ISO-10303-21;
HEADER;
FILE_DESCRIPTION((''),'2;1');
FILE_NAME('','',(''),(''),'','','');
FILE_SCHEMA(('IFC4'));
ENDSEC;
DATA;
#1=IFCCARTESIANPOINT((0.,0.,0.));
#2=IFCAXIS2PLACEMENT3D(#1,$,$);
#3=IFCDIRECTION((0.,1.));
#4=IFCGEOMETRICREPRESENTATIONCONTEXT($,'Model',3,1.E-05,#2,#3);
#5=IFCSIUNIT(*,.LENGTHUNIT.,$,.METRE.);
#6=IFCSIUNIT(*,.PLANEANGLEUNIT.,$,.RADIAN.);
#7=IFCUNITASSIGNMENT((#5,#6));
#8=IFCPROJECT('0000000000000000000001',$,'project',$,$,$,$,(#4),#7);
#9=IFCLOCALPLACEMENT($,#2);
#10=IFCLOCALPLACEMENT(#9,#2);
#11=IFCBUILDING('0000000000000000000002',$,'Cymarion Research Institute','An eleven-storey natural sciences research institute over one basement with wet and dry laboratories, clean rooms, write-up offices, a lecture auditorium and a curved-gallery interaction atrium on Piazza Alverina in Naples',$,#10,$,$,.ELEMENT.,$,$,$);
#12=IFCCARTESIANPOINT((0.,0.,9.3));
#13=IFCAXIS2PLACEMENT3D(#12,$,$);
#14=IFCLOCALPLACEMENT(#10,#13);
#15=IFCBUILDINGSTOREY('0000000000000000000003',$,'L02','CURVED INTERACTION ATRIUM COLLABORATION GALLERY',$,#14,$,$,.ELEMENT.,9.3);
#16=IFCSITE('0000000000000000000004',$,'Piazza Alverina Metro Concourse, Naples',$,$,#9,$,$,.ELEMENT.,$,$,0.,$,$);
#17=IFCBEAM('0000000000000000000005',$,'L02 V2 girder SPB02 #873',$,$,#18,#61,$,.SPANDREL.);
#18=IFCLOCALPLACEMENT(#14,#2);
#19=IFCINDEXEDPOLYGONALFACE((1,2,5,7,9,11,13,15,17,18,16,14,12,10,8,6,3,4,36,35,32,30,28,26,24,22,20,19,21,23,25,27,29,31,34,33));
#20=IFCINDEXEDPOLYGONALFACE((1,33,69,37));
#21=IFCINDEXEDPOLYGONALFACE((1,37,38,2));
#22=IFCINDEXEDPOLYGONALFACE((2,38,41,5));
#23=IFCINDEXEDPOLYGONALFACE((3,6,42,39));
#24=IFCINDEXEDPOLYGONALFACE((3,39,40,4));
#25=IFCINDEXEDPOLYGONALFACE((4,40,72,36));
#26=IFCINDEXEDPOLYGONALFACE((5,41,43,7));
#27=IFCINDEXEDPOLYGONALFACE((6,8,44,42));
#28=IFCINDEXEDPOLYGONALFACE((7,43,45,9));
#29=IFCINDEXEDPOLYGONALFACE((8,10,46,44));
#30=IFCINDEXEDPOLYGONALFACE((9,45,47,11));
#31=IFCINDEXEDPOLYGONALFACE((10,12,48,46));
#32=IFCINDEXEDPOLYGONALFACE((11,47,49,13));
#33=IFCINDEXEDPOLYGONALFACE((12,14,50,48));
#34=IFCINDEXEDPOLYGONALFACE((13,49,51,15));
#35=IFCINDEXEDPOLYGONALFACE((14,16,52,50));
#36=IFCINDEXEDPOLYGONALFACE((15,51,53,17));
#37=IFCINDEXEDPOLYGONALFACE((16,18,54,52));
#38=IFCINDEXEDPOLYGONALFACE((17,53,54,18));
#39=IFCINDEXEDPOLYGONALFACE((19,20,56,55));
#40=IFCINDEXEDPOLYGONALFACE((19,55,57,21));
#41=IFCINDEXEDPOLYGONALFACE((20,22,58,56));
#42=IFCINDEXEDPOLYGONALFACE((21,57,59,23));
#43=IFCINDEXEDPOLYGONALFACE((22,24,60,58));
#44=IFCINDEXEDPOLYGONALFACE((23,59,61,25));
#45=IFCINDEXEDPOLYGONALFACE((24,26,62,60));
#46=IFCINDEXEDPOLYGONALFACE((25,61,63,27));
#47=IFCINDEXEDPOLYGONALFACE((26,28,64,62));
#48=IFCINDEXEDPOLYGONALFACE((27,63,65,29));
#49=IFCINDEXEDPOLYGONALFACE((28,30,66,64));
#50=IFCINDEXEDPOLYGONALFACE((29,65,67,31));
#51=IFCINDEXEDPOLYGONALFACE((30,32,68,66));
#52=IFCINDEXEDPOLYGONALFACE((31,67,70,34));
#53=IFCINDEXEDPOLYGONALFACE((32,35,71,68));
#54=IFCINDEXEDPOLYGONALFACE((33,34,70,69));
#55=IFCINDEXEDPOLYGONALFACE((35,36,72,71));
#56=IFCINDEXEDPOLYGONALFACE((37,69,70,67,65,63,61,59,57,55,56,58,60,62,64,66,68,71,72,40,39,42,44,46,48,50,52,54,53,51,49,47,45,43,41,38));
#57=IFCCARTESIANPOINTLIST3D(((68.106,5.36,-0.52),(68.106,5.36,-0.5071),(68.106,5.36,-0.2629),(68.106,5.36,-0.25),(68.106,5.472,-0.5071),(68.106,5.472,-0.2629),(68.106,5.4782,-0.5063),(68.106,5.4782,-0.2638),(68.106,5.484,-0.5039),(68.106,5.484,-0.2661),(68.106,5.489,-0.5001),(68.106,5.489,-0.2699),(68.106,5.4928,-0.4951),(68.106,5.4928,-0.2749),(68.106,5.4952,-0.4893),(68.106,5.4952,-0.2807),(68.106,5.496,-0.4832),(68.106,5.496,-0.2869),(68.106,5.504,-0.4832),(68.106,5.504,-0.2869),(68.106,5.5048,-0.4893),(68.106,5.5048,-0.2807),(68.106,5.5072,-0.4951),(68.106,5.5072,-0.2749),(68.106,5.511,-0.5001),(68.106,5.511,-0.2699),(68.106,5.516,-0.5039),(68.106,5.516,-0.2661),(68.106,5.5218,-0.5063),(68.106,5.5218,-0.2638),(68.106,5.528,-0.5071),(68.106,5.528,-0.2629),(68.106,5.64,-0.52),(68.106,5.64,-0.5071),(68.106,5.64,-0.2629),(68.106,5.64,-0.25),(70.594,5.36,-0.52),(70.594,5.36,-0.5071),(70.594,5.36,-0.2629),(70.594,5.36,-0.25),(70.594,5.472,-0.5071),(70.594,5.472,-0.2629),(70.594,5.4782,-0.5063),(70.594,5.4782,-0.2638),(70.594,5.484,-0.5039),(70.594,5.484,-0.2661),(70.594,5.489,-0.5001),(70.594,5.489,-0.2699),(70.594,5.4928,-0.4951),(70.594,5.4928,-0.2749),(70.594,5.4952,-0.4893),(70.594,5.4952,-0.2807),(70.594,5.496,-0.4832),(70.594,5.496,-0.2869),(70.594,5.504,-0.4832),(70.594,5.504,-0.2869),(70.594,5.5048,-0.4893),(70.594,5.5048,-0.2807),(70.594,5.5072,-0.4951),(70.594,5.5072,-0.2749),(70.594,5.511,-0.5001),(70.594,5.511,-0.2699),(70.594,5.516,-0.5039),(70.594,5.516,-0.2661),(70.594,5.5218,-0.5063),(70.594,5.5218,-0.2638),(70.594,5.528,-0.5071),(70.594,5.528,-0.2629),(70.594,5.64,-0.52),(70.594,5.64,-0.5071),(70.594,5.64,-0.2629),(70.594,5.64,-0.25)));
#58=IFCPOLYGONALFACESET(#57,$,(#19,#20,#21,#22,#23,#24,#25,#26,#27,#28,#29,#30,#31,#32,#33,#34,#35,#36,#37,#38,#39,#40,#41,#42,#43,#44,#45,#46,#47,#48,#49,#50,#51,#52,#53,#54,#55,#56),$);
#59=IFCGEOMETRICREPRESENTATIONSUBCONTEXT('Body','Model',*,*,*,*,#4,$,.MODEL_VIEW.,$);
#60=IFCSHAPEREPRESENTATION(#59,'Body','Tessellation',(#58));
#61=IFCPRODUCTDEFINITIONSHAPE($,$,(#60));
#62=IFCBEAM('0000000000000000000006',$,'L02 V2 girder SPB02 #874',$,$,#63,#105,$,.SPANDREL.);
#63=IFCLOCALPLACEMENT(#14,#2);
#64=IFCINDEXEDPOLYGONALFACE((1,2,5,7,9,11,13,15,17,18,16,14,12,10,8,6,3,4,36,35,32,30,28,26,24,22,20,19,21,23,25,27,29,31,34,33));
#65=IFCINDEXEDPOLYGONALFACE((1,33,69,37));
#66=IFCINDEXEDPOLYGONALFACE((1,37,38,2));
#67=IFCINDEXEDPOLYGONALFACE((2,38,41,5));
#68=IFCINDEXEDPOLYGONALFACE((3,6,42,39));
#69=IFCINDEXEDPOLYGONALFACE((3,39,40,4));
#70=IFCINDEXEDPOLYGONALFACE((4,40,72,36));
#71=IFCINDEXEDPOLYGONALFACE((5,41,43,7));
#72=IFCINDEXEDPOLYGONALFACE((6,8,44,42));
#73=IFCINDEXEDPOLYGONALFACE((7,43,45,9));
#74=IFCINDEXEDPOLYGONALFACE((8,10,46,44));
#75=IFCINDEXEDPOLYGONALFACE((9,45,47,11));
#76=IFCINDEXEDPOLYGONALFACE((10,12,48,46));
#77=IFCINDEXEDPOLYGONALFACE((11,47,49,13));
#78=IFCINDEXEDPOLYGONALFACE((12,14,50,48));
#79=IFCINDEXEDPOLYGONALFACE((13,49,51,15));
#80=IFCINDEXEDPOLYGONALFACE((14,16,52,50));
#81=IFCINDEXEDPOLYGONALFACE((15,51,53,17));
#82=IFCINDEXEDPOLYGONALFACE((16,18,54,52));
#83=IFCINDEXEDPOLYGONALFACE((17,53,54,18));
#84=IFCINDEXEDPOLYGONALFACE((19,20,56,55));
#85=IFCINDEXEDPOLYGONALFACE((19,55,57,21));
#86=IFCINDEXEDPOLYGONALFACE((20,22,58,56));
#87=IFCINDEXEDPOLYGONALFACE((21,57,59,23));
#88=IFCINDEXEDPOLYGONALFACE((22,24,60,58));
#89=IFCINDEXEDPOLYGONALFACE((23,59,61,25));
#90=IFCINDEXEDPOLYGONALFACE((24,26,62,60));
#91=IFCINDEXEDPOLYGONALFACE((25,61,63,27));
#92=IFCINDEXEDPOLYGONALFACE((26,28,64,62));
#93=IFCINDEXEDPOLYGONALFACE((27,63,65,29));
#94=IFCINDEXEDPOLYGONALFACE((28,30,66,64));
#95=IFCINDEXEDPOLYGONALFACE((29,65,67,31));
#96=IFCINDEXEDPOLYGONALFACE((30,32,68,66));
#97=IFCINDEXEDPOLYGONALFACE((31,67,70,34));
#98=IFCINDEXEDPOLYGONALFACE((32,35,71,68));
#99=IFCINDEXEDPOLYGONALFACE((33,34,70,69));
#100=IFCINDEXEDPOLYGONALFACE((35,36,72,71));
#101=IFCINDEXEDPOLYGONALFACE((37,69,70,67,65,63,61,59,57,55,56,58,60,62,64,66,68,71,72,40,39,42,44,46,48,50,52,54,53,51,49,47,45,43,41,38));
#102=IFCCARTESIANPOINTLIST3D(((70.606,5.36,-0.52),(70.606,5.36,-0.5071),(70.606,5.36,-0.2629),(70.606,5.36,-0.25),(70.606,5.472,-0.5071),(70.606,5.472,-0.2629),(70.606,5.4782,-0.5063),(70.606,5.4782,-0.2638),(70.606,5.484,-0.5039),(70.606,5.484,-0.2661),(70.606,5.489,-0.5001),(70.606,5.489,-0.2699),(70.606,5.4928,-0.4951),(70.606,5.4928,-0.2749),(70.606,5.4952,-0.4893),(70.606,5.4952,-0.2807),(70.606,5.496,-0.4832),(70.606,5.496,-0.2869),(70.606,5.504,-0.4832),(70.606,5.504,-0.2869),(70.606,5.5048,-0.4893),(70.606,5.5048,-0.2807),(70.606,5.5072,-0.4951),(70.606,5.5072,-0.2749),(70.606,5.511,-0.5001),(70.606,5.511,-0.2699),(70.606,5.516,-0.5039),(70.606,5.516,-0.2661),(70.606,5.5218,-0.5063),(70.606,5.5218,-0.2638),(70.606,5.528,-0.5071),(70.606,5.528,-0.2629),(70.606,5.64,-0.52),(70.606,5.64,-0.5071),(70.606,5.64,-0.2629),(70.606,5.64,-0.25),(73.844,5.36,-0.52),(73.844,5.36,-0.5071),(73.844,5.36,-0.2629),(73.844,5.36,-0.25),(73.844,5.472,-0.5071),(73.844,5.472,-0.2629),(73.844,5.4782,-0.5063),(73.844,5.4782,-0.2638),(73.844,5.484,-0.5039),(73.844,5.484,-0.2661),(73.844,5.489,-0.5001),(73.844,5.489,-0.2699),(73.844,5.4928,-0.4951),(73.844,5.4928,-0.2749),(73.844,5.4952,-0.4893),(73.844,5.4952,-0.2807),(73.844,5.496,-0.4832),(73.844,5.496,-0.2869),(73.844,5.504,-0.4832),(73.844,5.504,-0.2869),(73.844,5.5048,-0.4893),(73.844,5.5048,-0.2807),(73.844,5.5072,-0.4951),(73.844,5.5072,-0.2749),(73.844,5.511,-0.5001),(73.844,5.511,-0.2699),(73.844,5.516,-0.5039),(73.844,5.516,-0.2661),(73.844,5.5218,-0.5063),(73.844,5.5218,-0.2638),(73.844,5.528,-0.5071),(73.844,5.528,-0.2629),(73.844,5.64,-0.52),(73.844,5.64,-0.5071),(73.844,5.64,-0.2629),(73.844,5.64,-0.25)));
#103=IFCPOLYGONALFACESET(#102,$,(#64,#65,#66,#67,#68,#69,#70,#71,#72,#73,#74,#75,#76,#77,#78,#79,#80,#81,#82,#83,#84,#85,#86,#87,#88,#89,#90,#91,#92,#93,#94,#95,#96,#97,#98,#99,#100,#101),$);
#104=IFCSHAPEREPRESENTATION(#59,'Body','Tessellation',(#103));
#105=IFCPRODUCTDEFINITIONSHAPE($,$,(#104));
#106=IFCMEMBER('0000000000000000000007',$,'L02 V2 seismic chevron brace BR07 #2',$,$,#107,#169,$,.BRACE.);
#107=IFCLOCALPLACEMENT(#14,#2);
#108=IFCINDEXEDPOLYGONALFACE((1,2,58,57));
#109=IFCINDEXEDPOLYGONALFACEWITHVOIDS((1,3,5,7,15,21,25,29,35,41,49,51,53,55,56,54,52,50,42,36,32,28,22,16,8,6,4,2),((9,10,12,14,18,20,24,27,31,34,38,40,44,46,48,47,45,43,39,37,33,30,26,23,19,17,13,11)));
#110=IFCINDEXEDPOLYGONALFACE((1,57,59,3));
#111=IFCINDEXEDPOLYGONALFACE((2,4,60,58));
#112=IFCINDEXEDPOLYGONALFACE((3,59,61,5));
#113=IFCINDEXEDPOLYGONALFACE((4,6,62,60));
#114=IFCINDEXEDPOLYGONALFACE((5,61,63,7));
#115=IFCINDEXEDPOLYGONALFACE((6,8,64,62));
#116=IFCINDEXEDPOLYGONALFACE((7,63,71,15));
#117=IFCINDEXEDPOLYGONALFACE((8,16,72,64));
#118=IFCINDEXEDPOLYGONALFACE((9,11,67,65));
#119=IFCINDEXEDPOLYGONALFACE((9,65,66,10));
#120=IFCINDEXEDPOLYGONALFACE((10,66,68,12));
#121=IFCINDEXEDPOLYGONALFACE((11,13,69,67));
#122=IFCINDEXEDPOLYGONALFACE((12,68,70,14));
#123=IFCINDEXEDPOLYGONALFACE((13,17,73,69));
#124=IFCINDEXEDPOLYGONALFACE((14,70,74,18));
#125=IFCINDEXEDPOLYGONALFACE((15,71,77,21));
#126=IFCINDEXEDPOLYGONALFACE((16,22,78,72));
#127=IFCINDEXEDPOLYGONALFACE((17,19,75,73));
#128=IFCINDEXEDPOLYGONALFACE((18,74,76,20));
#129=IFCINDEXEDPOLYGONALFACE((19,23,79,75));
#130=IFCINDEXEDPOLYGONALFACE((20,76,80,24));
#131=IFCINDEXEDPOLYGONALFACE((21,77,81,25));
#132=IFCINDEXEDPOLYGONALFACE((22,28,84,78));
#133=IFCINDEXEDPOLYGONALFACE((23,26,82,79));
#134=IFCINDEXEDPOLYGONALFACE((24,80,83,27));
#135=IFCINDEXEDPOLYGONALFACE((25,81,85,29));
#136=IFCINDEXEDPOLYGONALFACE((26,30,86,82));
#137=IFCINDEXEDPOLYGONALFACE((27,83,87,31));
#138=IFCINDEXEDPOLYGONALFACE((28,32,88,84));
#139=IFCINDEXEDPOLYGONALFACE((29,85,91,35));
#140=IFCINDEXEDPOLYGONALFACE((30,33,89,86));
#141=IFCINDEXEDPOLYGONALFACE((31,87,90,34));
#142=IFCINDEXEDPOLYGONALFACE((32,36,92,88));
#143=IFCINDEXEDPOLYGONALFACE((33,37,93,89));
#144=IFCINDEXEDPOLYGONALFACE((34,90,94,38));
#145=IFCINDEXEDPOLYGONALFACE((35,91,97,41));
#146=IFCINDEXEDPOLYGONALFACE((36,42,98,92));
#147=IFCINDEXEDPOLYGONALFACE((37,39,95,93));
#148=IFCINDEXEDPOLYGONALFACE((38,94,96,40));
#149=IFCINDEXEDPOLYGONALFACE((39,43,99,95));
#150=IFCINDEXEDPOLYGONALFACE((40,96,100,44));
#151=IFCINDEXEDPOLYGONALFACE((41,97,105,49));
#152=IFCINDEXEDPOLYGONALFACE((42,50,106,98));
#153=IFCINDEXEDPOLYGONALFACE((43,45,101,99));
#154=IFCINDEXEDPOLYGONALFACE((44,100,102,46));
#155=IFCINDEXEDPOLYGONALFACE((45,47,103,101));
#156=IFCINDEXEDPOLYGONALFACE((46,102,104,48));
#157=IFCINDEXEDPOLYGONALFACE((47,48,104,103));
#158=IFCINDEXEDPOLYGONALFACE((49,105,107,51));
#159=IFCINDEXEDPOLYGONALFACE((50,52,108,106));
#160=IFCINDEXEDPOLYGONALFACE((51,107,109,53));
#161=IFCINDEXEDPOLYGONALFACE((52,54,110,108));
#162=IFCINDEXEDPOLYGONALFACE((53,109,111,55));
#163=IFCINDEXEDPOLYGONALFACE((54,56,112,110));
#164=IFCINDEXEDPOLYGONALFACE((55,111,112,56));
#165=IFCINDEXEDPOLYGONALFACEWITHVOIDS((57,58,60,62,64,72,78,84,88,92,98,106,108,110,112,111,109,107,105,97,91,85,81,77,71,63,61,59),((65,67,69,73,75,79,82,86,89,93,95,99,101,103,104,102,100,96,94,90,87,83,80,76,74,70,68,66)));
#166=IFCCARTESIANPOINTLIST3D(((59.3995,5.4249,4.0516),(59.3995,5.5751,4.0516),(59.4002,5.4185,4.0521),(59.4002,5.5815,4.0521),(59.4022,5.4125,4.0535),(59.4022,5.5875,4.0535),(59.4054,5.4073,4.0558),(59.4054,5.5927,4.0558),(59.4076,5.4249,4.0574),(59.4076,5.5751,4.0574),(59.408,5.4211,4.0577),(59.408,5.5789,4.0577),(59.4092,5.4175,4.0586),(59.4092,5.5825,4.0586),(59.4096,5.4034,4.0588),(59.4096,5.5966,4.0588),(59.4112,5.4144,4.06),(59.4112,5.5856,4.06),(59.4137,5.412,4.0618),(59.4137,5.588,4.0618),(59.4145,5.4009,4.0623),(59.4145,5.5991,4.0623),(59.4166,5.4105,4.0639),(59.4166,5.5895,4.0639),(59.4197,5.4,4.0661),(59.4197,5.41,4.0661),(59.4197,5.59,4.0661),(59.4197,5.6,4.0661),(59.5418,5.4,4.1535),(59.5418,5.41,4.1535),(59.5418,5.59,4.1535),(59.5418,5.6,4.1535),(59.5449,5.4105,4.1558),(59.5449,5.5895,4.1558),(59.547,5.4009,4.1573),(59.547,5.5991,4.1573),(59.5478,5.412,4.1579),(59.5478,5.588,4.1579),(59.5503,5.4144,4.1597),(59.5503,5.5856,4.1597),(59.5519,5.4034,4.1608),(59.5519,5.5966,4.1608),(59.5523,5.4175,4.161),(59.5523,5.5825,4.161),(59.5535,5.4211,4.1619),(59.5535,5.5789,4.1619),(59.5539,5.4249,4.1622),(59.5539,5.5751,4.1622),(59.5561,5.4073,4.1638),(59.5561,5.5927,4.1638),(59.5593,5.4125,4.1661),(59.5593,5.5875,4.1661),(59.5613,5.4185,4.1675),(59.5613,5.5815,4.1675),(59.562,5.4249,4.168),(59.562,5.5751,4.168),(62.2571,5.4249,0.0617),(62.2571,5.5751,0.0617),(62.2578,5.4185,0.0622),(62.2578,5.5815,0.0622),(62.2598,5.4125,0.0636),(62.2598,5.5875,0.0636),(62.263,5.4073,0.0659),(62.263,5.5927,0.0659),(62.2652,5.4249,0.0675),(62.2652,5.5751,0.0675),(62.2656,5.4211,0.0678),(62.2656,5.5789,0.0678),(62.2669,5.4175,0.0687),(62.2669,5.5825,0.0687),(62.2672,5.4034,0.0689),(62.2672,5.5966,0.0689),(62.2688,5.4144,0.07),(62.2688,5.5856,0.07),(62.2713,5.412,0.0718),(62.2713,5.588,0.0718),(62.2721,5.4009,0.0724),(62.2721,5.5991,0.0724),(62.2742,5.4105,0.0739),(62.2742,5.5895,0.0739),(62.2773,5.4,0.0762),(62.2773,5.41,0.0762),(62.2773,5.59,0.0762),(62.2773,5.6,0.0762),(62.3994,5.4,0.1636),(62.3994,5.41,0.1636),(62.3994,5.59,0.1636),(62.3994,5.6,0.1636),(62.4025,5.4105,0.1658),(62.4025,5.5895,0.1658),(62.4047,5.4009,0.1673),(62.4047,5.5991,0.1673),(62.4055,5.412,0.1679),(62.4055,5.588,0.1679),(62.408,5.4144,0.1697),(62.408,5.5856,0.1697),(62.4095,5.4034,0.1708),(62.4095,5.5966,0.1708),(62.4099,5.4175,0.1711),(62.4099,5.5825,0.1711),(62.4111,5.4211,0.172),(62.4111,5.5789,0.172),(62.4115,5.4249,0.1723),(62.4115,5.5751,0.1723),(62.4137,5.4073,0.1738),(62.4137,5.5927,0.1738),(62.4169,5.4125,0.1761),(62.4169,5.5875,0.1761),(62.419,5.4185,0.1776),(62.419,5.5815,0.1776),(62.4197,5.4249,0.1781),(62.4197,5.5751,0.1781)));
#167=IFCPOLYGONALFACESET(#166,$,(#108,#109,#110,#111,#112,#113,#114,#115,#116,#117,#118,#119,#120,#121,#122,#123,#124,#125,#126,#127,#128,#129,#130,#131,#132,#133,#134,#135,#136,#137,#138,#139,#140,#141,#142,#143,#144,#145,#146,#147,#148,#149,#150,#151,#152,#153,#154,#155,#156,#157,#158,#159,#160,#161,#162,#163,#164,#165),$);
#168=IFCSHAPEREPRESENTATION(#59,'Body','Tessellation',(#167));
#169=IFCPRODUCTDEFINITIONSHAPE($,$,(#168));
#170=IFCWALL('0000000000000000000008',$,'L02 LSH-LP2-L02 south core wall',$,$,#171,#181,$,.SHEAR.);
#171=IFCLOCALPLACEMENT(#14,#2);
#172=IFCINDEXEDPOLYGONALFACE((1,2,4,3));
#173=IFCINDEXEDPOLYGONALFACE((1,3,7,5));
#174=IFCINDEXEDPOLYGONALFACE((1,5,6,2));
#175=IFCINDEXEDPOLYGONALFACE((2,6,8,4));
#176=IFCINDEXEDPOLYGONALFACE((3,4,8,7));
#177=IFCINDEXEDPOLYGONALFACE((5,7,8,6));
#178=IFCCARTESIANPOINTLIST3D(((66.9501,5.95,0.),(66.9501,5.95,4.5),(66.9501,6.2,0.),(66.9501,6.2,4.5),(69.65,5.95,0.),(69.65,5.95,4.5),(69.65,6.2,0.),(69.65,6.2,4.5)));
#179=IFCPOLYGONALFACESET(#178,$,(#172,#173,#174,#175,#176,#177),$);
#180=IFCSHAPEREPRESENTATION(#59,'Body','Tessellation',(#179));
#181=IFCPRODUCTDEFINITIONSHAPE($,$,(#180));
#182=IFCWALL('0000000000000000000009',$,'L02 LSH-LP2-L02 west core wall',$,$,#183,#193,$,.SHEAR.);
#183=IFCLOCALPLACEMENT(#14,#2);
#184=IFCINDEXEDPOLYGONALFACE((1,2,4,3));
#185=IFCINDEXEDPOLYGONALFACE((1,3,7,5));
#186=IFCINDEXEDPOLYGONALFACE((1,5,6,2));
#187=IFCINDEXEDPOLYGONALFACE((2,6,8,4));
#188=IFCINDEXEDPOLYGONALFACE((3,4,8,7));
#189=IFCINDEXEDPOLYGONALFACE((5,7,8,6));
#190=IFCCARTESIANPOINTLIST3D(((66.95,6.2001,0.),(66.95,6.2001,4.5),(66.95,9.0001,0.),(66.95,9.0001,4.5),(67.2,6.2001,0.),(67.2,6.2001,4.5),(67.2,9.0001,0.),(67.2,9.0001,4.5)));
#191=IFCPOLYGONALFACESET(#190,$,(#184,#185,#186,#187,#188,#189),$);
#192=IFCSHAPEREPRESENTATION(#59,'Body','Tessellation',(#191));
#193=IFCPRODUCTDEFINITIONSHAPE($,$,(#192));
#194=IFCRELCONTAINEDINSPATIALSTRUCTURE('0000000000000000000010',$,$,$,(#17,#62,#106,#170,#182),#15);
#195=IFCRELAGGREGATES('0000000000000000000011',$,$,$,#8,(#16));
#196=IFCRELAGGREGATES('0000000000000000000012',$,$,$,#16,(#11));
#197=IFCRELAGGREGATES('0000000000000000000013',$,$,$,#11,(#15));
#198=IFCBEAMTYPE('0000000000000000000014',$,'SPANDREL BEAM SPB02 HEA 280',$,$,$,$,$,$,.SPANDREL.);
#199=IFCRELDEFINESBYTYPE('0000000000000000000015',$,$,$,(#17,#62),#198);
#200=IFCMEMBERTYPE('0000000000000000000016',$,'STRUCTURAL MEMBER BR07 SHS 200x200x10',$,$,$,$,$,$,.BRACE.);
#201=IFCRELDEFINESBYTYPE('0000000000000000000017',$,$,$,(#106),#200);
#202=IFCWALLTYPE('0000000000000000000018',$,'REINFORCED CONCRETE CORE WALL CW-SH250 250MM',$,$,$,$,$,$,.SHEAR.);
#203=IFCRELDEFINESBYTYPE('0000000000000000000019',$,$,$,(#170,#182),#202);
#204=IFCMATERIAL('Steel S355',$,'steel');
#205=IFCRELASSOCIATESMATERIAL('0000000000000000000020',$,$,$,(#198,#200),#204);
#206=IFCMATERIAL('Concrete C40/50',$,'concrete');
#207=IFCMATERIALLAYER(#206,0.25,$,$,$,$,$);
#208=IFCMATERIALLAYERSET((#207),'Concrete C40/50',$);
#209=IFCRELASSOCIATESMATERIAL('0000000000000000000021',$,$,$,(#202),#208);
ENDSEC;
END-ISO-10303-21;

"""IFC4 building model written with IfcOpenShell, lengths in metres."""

from ifc_helpers import new_model, si_unit, direction, frame, frame_2d, origin, origin_2d, place, context, subcontext, project, spatial, rectangle, hollow_rectangle, i_section, extrude, material, layer, layer_set, material_profile, profile_set, type_object, element, save


model = new_model("IFC4")

# Units and contexts
model_context = context("Model", 3, precision=1e-05, world=origin(), true_north=direction((0.0, 1.0)))
body_context = subcontext(model_context, "Body", "Model", "MODEL_VIEW")
ifc_project = project(units=[si_unit("LENGTHUNIT", "METRE"), si_unit("PLANEANGLEUNIT", "RADIAN")], contexts=[model_context])

# Site, building, storey
site_placement = place(None, origin())
site = spatial("IfcSite", under=ifc_project, at=site_placement, Name="Piazza Alverina Metro Concourse, Naples", CompositionType="ELEMENT", RefElevation=0.0)
building_placement = place(site_placement, origin())
building = spatial("IfcBuilding", under=site, at=building_placement, Name="Cymarion Research Institute", Description="An eleven-storey natural sciences research institute over one basement with wet and dry laboratories, clean rooms, write-up offices, a lecture auditorium and a curved-gallery interaction atrium on Piazza Alverina in Naples", CompositionType="ELEMENT")
storey_placement = place(building_placement, frame((0.0, 0.0, 9.3)))
storey = spatial("IfcBuildingStorey", under=building, at=storey_placement, Name="L02", Description="CURVED INTERACTION ATRIUM COLLABORATION GALLERY", CompositionType="ELEMENT", Elevation=9.3)

# Shared definitions
ifc_material_1 = material(Name="Concrete C40/50", Category="concrete")
ifc_material_2 = material(Name="Steel S355", Category="steel")

# Beams
ifc_material_profile_1 = material_profile(ifc_material_2, i_section(OverallWidth=0.28, OverallDepth=0.27, WebThickness=0.0081, FlangeThickness=0.0129, FilletRadius=0.0239, at=origin_2d()), Name="HEA 280")
ifc_profile_set_1 = profile_set([ifc_material_profile_1], Name="Steel S355")
beam_type_1 = type_object("IfcBeamType", Name="SPANDREL BEAM SPB02 HEA 280", PredefinedType="SPANDREL", material=ifc_profile_set_1)
beam_1_placement = place(storey_placement, frame((68.106, 5.5, -0.385), z_axis=(1.0, 0.0, 0.0), x_axis=(0.0, 1.0, 0.0)))
element("IfcBeam", 1, at=beam_1_placement, inside=storey, type_object=beam_type_1, Name="L02 V2 girder SPB02 #873", PredefinedType="SPANDREL", context=body_context, shape_type="SweptSolid", body=[
    extrude(i_section(OverallWidth=0.28, OverallDepth=0.27, WebThickness=0.0081, FlangeThickness=0.0129, FilletRadius=0.0239, at=origin_2d()), origin(), (0.0, 0.0, 1.0), 2.488),
])
beam_2_placement = place(storey_placement, frame((70.606, 5.5, -0.385), z_axis=(1.0, 0.0, 0.0), x_axis=(0.0, 1.0, 0.0)))
element("IfcBeam", 2, at=beam_2_placement, inside=storey, type_object=beam_type_1, Name="L02 V2 girder SPB02 #874", PredefinedType="SPANDREL", context=body_context, shape_type="SweptSolid", body=[
    extrude(i_section(OverallWidth=0.28, OverallDepth=0.27, WebThickness=0.0081, FlangeThickness=0.0129, FilletRadius=0.0239, at=origin_2d()), origin(), (0.0, 0.0, 1.0), 3.238),
])

# Member
ifc_material_profile_2 = material_profile(ifc_material_2, hollow_rectangle(XDim=0.2, YDim=0.2, WallThickness=0.01, InnerFilletRadius=0.0149, OuterFilletRadius=0.0249, at=origin_2d()), Name="SHS 200x200x10")
ifc_profile_set_2 = profile_set([ifc_material_profile_2], Name="Steel S355")
member_type_1 = type_object("IfcMemberType", Name="STRUCTURAL MEMBER BR07 SHS 200x200x10", PredefinedType="BRACE", material=ifc_profile_set_2)
member_1_placement = place(storey_placement, frame((62.3384, 5.5, 0.1199), z_axis=(-0.582273, 0.0, 0.812993), x_axis=(0.0, -1.0, 0.0)))
element("IfcMember", 3, at=member_1_placement, inside=storey, type_object=member_type_1, Name="L02 V2 seismic chevron brace BR07 #2", PredefinedType="BRACE", context=body_context, shape_type="SweptSolid", body=[
    extrude(hollow_rectangle(XDim=0.2, YDim=0.2, WallThickness=0.01, InnerFilletRadius=0.0149, OuterFilletRadius=0.0249, at=origin_2d()), origin(), (0.0, 0.0, 1.0), 4.9077),
])

# Wall
ifc_layer_1 = layer(ifc_material_1, 0.25)
ifc_layer_set_1 = layer_set([ifc_layer_1], Name="Concrete C40/50")
wall_type_1 = type_object("IfcWallType", Name="REINFORCED CONCRETE CORE WALL CW-SH250 250MM", PredefinedType="SHEAR", material=ifc_layer_set_1)
wall_1_placement = place(storey_placement, frame((66.95, 6.075, 0.0), z_axis=(0.0, 0.0, 1.0), x_axis=(1.0, 0.0, 0.0)))
element("IfcWall", 4, at=wall_1_placement, inside=storey, type_object=wall_type_1, Name="L02 LSH-LP2-L02 south core wall", PredefinedType="SHEAR", context=body_context, shape_type="SweptSolid", body=[
    extrude(rectangle(XDim=2.7, YDim=0.25, at=frame_2d((1.3501, 0.0))), origin(), (0.0, 0.0, 1.0), 4.5),
])

# Wall
for number, where, z_axis, x_axis, name in (
    (5, (67.075, 9.0, 0.0), (0.0, 0.0, 1.0), (0.0, -1.0, 0.0), "L02 LSH-LP2-L02 west core wall"),
):
    element("IfcWall", number, at=place(storey_placement, frame(where, z_axis=z_axis, x_axis=x_axis)), inside=storey, type_object=wall_type_1, Name=name, PredefinedType="SHEAR", context=body_context, shape_type="SweptSolid", body=[
        extrude(rectangle(XDim=2.8, YDim=0.25, at=frame_2d((1.3999, 0.0))), origin(), (0.0, 0.0, 1.0), 4.5),
    ])

save(model, "model.ifc")
